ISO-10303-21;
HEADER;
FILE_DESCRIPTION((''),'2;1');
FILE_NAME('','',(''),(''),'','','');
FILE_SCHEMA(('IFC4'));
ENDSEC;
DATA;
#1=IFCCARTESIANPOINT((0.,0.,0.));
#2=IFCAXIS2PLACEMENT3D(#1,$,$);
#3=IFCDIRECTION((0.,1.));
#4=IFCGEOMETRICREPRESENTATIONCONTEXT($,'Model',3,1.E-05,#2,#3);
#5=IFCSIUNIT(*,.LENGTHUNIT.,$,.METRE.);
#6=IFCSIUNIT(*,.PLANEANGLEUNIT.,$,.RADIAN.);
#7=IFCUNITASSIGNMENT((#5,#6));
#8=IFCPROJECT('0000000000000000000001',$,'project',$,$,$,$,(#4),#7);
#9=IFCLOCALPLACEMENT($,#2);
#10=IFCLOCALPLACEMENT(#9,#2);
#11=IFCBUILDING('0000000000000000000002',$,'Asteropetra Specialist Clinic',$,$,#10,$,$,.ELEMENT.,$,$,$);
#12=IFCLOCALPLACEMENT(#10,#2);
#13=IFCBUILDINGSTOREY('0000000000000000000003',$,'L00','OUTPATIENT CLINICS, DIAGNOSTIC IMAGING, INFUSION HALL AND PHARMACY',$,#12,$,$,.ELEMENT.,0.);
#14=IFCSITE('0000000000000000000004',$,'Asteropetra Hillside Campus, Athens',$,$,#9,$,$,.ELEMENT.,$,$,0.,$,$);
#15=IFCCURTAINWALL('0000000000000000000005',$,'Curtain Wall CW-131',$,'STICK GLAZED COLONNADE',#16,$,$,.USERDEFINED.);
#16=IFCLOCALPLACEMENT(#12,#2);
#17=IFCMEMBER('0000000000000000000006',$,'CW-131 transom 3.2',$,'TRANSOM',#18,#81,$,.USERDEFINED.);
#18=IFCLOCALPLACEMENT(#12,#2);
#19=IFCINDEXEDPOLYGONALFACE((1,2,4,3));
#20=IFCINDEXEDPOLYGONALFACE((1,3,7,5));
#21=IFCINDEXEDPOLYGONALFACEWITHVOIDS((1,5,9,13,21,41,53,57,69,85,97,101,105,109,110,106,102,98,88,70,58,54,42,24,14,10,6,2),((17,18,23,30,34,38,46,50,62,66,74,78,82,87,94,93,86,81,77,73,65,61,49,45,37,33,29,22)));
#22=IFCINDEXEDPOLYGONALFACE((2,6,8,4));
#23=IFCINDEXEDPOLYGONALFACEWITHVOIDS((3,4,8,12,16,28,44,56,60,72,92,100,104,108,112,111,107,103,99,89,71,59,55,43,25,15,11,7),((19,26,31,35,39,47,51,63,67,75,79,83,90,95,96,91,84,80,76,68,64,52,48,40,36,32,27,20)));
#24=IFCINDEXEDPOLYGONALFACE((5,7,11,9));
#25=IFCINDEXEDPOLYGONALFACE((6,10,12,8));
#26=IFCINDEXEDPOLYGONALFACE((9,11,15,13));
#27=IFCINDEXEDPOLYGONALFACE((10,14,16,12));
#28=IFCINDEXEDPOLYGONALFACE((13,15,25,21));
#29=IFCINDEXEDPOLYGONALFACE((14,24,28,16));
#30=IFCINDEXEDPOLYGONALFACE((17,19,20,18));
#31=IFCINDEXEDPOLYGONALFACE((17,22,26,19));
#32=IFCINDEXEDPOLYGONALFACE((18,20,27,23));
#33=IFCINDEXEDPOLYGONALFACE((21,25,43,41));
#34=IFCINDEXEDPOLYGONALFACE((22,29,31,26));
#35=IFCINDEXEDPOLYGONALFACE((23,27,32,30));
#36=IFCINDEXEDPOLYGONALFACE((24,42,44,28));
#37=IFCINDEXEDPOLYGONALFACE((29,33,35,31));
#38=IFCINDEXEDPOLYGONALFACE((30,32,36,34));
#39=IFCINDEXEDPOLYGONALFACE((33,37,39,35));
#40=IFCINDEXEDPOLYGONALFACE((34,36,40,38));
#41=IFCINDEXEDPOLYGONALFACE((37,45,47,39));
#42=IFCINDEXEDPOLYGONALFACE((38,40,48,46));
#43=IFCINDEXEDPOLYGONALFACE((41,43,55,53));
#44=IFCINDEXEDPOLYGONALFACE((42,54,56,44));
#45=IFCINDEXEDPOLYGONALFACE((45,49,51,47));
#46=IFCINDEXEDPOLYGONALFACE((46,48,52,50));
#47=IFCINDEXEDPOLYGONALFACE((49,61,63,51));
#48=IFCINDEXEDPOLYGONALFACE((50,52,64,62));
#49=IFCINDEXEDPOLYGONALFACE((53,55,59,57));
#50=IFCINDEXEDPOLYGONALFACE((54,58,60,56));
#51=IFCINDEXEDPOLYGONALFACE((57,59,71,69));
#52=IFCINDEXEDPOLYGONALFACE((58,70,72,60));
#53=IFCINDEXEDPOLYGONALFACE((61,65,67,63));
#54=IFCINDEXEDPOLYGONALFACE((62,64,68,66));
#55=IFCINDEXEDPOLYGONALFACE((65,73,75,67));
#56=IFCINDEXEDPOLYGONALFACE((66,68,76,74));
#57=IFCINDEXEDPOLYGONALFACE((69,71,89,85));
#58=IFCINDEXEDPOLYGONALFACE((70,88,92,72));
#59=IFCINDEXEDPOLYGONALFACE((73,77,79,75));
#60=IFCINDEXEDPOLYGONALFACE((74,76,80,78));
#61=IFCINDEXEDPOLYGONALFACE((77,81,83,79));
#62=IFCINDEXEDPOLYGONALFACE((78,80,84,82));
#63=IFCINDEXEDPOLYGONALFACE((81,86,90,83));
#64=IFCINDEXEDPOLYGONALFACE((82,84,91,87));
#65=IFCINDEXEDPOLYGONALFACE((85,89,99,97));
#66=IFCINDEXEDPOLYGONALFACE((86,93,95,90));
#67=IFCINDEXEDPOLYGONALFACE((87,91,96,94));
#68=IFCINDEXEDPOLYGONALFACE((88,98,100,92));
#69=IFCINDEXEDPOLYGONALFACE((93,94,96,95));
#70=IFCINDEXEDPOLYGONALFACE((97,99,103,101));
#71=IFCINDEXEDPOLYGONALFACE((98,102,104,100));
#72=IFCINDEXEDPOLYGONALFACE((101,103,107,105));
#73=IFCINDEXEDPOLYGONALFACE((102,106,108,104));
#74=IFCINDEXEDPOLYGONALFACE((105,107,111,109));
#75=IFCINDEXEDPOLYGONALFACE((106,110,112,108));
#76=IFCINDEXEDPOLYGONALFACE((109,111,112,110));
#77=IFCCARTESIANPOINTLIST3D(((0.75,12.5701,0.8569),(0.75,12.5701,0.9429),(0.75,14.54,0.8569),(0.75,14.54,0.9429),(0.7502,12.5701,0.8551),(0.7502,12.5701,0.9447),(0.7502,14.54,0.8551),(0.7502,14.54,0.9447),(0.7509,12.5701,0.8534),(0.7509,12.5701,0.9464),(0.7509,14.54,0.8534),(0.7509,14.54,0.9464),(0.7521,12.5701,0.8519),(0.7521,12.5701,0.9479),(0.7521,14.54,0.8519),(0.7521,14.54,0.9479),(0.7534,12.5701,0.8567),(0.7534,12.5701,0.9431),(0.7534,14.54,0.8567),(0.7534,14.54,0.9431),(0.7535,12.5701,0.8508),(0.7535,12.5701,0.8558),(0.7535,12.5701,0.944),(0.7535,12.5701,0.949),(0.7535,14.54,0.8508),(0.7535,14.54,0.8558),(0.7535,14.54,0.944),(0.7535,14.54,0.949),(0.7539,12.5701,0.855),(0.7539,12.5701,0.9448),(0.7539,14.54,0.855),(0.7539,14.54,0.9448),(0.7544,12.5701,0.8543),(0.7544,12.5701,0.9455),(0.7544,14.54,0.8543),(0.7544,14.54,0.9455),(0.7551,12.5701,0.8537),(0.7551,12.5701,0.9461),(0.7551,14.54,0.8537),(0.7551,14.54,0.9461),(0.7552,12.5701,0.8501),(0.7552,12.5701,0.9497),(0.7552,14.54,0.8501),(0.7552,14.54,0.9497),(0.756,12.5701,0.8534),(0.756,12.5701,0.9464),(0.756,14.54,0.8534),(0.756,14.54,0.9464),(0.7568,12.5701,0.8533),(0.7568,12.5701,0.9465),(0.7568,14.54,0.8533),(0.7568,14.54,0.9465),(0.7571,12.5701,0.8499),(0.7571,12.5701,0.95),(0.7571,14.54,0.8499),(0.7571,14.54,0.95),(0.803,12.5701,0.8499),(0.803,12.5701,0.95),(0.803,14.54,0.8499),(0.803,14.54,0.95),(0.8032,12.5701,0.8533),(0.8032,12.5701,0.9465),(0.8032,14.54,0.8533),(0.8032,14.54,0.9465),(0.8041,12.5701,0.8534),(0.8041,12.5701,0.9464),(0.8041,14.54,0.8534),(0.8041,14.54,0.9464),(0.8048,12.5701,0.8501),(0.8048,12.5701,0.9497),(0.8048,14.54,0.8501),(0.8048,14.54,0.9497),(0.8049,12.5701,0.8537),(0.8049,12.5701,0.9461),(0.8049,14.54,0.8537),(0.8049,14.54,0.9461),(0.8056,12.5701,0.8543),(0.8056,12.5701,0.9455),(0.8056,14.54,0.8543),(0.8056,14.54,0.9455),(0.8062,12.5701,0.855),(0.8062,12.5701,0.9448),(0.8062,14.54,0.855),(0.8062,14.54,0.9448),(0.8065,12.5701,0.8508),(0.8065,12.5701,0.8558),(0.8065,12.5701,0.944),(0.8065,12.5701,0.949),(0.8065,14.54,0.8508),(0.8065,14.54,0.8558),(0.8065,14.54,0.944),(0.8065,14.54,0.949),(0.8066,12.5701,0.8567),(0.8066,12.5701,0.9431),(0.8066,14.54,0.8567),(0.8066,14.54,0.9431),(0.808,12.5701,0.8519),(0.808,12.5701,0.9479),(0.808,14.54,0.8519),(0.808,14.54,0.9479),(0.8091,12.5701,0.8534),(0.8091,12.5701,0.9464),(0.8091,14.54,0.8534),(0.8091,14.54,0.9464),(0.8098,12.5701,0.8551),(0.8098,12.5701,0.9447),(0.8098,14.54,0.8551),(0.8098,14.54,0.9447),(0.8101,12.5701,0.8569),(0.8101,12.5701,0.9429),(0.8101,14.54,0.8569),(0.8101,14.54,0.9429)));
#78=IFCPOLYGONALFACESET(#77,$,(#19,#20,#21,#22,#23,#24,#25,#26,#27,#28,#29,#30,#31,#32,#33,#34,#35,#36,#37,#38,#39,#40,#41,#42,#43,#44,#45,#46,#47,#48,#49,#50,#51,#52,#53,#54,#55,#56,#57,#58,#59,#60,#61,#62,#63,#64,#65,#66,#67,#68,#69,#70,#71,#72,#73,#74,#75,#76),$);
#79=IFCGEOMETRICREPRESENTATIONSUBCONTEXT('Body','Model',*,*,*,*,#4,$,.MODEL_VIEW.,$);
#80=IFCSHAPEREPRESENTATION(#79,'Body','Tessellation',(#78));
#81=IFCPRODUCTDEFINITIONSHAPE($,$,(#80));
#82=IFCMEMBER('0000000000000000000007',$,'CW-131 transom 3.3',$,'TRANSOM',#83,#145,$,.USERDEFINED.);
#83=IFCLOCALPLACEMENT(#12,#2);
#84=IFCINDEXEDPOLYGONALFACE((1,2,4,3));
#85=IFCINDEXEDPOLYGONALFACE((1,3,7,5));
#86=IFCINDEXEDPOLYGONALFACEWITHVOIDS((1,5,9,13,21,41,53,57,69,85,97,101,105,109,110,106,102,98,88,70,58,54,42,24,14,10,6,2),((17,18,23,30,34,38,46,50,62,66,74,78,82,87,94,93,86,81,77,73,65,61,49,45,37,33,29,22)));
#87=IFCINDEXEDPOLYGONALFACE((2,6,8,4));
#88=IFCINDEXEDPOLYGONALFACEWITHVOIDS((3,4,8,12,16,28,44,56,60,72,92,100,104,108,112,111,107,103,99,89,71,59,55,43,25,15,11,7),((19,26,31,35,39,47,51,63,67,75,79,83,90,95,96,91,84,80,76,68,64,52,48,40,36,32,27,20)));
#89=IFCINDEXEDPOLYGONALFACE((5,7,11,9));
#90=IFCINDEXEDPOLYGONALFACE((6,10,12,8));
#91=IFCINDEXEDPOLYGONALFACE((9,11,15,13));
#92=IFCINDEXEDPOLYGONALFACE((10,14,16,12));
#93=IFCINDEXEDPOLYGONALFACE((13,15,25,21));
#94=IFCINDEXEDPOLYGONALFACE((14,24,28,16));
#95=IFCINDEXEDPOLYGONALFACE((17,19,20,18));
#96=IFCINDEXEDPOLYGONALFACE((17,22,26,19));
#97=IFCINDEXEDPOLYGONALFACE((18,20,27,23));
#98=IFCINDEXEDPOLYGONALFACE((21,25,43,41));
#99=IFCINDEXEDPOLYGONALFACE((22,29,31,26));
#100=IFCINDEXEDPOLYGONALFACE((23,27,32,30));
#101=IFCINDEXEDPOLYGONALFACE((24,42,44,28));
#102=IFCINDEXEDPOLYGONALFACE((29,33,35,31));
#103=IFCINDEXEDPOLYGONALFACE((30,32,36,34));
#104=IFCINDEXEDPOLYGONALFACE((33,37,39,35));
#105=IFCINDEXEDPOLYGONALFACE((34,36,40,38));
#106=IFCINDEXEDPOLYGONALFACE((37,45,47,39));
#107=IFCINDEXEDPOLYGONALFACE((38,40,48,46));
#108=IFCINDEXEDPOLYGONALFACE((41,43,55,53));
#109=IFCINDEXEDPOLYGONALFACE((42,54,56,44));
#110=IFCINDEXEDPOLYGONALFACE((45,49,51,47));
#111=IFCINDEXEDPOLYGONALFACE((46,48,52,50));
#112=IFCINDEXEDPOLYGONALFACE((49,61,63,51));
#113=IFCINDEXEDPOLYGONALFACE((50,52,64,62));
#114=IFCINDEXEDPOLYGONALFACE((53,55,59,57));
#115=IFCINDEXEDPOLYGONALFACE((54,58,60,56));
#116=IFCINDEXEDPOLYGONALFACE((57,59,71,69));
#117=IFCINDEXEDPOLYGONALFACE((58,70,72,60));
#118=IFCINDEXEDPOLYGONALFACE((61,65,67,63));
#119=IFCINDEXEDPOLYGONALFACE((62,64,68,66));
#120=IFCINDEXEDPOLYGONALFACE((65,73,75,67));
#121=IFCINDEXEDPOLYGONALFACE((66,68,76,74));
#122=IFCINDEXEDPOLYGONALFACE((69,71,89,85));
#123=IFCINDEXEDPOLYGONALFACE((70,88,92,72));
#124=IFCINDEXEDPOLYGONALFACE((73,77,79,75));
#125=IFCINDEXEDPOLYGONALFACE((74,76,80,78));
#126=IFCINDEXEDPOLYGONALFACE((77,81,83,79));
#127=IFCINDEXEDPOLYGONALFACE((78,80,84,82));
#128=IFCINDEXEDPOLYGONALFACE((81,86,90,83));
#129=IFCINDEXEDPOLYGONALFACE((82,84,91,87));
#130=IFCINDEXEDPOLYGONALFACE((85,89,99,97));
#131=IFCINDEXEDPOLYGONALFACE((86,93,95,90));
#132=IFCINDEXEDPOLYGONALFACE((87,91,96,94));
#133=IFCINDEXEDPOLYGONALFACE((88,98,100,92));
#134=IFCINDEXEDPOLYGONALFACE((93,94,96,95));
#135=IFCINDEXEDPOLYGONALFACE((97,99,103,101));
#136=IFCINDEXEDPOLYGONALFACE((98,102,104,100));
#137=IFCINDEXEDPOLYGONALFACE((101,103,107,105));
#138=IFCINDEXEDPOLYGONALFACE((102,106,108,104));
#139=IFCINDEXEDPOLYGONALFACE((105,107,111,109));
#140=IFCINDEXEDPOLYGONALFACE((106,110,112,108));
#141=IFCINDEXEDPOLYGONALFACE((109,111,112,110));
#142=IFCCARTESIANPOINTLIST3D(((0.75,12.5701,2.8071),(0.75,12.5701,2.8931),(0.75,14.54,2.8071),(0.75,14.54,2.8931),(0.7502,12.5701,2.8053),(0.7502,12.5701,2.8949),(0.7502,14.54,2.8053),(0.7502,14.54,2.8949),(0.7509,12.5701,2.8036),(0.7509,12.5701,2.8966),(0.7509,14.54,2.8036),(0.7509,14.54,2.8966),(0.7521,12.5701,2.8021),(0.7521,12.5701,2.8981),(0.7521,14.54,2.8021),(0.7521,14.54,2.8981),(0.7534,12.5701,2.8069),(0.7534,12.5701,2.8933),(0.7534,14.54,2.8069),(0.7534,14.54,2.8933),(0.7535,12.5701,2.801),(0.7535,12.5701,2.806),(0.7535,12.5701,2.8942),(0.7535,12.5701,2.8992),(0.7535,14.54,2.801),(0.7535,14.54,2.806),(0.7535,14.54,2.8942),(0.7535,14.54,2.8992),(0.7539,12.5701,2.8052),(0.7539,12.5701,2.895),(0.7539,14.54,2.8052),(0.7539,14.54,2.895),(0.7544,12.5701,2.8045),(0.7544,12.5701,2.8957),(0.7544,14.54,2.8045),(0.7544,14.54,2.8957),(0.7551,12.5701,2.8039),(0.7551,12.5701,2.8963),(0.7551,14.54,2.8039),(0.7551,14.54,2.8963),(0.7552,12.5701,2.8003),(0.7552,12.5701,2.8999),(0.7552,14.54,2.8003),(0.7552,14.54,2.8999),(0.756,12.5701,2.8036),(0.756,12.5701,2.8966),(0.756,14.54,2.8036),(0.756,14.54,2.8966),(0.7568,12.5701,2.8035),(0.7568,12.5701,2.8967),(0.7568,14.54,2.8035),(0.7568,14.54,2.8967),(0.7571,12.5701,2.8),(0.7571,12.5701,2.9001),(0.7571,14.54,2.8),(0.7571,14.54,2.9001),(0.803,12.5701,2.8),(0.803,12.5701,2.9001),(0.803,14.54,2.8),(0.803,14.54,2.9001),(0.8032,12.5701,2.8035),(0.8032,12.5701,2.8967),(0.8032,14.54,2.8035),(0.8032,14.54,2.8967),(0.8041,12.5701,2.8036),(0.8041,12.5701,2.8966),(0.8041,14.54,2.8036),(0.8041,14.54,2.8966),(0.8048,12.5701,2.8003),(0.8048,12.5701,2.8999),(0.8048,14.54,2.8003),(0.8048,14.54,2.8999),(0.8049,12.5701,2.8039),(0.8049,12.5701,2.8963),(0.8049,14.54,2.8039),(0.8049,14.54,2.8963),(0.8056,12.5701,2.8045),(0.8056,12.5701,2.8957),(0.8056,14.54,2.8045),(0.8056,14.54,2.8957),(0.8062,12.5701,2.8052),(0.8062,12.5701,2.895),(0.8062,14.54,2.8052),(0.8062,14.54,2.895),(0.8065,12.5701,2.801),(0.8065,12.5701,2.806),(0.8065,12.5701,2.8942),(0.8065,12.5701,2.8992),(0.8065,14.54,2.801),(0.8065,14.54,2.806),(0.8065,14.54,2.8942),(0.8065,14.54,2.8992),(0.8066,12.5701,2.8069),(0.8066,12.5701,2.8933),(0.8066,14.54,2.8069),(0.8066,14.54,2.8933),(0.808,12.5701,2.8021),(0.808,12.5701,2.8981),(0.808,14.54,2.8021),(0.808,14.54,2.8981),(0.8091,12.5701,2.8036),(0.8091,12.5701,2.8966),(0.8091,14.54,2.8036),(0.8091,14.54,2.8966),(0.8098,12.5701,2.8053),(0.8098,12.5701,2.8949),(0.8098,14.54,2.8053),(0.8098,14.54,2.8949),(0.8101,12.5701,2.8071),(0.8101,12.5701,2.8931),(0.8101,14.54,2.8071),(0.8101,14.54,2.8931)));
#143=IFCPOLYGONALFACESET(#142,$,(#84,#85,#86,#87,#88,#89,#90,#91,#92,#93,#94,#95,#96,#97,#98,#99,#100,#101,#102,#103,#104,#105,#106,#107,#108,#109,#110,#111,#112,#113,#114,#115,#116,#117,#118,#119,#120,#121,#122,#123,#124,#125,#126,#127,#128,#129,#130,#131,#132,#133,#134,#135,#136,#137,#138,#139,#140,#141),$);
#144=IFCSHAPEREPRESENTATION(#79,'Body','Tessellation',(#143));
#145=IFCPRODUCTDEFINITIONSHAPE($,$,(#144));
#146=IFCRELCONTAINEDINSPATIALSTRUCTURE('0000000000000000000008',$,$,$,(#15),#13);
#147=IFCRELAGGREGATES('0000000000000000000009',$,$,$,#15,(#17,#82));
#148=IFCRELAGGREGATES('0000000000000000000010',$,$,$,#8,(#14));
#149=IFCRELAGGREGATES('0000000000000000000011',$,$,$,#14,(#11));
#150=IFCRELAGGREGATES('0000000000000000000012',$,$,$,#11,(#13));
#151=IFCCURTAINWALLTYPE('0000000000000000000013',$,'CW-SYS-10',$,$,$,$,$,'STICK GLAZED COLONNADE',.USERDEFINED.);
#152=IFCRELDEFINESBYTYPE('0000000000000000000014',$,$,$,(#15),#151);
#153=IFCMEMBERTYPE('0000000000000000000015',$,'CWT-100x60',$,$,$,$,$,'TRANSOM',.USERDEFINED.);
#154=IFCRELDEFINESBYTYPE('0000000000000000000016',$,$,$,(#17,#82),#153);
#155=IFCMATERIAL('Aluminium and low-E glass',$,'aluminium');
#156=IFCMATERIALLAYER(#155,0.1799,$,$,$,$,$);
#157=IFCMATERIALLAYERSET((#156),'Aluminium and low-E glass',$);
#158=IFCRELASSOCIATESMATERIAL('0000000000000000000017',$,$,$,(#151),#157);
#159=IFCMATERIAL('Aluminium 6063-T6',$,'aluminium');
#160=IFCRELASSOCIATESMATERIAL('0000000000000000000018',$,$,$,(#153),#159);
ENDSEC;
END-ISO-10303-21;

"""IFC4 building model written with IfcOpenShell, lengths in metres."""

from ifc_helpers import new_model, si_unit, direction, frame, origin, origin_2d, place, context, subcontext, project, spatial, hollow_rectangle, extrude, material, layer, layer_set, material_profile, profile_set, type_object, element, aggregate, save


model = new_model("IFC4")

# Units and contexts
model_context = context("Model", 3, precision=1e-05, world=origin(), true_north=direction((0.0, 1.0)))
body_context = subcontext(model_context, "Body", "Model", "MODEL_VIEW")
ifc_project = project(units=[si_unit("LENGTHUNIT", "METRE"), si_unit("PLANEANGLEUNIT", "RADIAN")], contexts=[model_context])

# Site, building, storey
site_placement = place(None, origin())
site = spatial("IfcSite", under=ifc_project, at=site_placement, Name="Asteropetra Hillside Campus, Athens", CompositionType="ELEMENT", RefElevation=0.0)
building_placement = place(site_placement, origin())
building = spatial("IfcBuilding", under=site, at=building_placement, Name="Asteropetra Specialist Clinic", CompositionType="ELEMENT")
storey_placement = place(building_placement, origin())
storey = spatial("IfcBuildingStorey", under=building, at=storey_placement, Name="L00", Description="OUTPATIENT CLINICS, DIAGNOSTIC IMAGING, INFUSION HALL AND PHARMACY", CompositionType="ELEMENT", Elevation=0.0)

# Curtain wall
ifc_material_1 = material(Name="Aluminium and low-E glass", Category="aluminium")
ifc_layer_1 = layer(ifc_material_1, 0.1799)
ifc_layer_set_1 = layer_set([ifc_layer_1], Name="Aluminium and low-E glass")
curtain_wall_type = type_object("IfcCurtainWallType", Name="CW-SYS-10", ElementType="STICK GLAZED COLONNADE", PredefinedType="USERDEFINED", material=ifc_layer_set_1)
curtain_wall_1_placement = place(storey_placement, origin())
curtain_wall_1 = element("IfcCurtainWall", 1, at=curtain_wall_1_placement, inside=storey, type_object=curtain_wall_type, Name="Curtain Wall CW-131", ObjectType="STICK GLAZED COLONNADE", PredefinedType="USERDEFINED")

# Members
ifc_material_2 = material(Name="Aluminium 6063-T6", Category="aluminium")
ifc_material_profile_1 = material_profile(ifc_material_2, hollow_rectangle(XDim=0.0601, YDim=0.1001, WallThickness=0.0034, InnerFilletRadius=0.0034, OuterFilletRadius=0.0071, at=origin_2d()), Name="TRN 100x60x3.5")
ifc_profile_set_1 = profile_set([ifc_material_profile_1], Name="Aluminium 6063-T6")
member_type_1 = type_object("IfcMemberType", Name="CWT-100x60", ElementType="TRANSOM", PredefinedType="USERDEFINED", material=ifc_profile_set_1)
member_1_placement = place(storey_placement, frame((0.78, 14.54, 0.8999), z_axis=(0.0, -1.0, 0.0), x_axis=(1.0, 0.0, 0.0)))
member_1 = element("IfcMember", 2, at=member_1_placement, type_object=member_type_1, Name="CW-131 transom 3.2", ObjectType="TRANSOM", PredefinedType="USERDEFINED", context=body_context, shape_type="SweptSolid", body=[
    extrude(hollow_rectangle(XDim=0.0601, YDim=0.1001, WallThickness=0.0034, InnerFilletRadius=0.0034, OuterFilletRadius=0.0071, at=origin_2d()), origin(), (0.0, 0.0, 1.0), 1.97),
])
member_2_placement = place(storey_placement, frame((0.78, 14.54, 2.8501), z_axis=(0.0, -1.0, 0.0), x_axis=(1.0, 0.0, 0.0)))
member_2 = element("IfcMember", 3, at=member_2_placement, type_object=member_type_1, Name="CW-131 transom 3.3", ObjectType="TRANSOM", PredefinedType="USERDEFINED", context=body_context, shape_type="SweptSolid", body=[
    extrude(hollow_rectangle(XDim=0.0601, YDim=0.1001, WallThickness=0.0034, InnerFilletRadius=0.0034, OuterFilletRadius=0.0071, at=origin_2d()), origin(), (0.0, 0.0, 1.0), 1.97),
])

aggregate(curtain_wall_1, [member_1, member_2])

save(model, "model.ifc")
